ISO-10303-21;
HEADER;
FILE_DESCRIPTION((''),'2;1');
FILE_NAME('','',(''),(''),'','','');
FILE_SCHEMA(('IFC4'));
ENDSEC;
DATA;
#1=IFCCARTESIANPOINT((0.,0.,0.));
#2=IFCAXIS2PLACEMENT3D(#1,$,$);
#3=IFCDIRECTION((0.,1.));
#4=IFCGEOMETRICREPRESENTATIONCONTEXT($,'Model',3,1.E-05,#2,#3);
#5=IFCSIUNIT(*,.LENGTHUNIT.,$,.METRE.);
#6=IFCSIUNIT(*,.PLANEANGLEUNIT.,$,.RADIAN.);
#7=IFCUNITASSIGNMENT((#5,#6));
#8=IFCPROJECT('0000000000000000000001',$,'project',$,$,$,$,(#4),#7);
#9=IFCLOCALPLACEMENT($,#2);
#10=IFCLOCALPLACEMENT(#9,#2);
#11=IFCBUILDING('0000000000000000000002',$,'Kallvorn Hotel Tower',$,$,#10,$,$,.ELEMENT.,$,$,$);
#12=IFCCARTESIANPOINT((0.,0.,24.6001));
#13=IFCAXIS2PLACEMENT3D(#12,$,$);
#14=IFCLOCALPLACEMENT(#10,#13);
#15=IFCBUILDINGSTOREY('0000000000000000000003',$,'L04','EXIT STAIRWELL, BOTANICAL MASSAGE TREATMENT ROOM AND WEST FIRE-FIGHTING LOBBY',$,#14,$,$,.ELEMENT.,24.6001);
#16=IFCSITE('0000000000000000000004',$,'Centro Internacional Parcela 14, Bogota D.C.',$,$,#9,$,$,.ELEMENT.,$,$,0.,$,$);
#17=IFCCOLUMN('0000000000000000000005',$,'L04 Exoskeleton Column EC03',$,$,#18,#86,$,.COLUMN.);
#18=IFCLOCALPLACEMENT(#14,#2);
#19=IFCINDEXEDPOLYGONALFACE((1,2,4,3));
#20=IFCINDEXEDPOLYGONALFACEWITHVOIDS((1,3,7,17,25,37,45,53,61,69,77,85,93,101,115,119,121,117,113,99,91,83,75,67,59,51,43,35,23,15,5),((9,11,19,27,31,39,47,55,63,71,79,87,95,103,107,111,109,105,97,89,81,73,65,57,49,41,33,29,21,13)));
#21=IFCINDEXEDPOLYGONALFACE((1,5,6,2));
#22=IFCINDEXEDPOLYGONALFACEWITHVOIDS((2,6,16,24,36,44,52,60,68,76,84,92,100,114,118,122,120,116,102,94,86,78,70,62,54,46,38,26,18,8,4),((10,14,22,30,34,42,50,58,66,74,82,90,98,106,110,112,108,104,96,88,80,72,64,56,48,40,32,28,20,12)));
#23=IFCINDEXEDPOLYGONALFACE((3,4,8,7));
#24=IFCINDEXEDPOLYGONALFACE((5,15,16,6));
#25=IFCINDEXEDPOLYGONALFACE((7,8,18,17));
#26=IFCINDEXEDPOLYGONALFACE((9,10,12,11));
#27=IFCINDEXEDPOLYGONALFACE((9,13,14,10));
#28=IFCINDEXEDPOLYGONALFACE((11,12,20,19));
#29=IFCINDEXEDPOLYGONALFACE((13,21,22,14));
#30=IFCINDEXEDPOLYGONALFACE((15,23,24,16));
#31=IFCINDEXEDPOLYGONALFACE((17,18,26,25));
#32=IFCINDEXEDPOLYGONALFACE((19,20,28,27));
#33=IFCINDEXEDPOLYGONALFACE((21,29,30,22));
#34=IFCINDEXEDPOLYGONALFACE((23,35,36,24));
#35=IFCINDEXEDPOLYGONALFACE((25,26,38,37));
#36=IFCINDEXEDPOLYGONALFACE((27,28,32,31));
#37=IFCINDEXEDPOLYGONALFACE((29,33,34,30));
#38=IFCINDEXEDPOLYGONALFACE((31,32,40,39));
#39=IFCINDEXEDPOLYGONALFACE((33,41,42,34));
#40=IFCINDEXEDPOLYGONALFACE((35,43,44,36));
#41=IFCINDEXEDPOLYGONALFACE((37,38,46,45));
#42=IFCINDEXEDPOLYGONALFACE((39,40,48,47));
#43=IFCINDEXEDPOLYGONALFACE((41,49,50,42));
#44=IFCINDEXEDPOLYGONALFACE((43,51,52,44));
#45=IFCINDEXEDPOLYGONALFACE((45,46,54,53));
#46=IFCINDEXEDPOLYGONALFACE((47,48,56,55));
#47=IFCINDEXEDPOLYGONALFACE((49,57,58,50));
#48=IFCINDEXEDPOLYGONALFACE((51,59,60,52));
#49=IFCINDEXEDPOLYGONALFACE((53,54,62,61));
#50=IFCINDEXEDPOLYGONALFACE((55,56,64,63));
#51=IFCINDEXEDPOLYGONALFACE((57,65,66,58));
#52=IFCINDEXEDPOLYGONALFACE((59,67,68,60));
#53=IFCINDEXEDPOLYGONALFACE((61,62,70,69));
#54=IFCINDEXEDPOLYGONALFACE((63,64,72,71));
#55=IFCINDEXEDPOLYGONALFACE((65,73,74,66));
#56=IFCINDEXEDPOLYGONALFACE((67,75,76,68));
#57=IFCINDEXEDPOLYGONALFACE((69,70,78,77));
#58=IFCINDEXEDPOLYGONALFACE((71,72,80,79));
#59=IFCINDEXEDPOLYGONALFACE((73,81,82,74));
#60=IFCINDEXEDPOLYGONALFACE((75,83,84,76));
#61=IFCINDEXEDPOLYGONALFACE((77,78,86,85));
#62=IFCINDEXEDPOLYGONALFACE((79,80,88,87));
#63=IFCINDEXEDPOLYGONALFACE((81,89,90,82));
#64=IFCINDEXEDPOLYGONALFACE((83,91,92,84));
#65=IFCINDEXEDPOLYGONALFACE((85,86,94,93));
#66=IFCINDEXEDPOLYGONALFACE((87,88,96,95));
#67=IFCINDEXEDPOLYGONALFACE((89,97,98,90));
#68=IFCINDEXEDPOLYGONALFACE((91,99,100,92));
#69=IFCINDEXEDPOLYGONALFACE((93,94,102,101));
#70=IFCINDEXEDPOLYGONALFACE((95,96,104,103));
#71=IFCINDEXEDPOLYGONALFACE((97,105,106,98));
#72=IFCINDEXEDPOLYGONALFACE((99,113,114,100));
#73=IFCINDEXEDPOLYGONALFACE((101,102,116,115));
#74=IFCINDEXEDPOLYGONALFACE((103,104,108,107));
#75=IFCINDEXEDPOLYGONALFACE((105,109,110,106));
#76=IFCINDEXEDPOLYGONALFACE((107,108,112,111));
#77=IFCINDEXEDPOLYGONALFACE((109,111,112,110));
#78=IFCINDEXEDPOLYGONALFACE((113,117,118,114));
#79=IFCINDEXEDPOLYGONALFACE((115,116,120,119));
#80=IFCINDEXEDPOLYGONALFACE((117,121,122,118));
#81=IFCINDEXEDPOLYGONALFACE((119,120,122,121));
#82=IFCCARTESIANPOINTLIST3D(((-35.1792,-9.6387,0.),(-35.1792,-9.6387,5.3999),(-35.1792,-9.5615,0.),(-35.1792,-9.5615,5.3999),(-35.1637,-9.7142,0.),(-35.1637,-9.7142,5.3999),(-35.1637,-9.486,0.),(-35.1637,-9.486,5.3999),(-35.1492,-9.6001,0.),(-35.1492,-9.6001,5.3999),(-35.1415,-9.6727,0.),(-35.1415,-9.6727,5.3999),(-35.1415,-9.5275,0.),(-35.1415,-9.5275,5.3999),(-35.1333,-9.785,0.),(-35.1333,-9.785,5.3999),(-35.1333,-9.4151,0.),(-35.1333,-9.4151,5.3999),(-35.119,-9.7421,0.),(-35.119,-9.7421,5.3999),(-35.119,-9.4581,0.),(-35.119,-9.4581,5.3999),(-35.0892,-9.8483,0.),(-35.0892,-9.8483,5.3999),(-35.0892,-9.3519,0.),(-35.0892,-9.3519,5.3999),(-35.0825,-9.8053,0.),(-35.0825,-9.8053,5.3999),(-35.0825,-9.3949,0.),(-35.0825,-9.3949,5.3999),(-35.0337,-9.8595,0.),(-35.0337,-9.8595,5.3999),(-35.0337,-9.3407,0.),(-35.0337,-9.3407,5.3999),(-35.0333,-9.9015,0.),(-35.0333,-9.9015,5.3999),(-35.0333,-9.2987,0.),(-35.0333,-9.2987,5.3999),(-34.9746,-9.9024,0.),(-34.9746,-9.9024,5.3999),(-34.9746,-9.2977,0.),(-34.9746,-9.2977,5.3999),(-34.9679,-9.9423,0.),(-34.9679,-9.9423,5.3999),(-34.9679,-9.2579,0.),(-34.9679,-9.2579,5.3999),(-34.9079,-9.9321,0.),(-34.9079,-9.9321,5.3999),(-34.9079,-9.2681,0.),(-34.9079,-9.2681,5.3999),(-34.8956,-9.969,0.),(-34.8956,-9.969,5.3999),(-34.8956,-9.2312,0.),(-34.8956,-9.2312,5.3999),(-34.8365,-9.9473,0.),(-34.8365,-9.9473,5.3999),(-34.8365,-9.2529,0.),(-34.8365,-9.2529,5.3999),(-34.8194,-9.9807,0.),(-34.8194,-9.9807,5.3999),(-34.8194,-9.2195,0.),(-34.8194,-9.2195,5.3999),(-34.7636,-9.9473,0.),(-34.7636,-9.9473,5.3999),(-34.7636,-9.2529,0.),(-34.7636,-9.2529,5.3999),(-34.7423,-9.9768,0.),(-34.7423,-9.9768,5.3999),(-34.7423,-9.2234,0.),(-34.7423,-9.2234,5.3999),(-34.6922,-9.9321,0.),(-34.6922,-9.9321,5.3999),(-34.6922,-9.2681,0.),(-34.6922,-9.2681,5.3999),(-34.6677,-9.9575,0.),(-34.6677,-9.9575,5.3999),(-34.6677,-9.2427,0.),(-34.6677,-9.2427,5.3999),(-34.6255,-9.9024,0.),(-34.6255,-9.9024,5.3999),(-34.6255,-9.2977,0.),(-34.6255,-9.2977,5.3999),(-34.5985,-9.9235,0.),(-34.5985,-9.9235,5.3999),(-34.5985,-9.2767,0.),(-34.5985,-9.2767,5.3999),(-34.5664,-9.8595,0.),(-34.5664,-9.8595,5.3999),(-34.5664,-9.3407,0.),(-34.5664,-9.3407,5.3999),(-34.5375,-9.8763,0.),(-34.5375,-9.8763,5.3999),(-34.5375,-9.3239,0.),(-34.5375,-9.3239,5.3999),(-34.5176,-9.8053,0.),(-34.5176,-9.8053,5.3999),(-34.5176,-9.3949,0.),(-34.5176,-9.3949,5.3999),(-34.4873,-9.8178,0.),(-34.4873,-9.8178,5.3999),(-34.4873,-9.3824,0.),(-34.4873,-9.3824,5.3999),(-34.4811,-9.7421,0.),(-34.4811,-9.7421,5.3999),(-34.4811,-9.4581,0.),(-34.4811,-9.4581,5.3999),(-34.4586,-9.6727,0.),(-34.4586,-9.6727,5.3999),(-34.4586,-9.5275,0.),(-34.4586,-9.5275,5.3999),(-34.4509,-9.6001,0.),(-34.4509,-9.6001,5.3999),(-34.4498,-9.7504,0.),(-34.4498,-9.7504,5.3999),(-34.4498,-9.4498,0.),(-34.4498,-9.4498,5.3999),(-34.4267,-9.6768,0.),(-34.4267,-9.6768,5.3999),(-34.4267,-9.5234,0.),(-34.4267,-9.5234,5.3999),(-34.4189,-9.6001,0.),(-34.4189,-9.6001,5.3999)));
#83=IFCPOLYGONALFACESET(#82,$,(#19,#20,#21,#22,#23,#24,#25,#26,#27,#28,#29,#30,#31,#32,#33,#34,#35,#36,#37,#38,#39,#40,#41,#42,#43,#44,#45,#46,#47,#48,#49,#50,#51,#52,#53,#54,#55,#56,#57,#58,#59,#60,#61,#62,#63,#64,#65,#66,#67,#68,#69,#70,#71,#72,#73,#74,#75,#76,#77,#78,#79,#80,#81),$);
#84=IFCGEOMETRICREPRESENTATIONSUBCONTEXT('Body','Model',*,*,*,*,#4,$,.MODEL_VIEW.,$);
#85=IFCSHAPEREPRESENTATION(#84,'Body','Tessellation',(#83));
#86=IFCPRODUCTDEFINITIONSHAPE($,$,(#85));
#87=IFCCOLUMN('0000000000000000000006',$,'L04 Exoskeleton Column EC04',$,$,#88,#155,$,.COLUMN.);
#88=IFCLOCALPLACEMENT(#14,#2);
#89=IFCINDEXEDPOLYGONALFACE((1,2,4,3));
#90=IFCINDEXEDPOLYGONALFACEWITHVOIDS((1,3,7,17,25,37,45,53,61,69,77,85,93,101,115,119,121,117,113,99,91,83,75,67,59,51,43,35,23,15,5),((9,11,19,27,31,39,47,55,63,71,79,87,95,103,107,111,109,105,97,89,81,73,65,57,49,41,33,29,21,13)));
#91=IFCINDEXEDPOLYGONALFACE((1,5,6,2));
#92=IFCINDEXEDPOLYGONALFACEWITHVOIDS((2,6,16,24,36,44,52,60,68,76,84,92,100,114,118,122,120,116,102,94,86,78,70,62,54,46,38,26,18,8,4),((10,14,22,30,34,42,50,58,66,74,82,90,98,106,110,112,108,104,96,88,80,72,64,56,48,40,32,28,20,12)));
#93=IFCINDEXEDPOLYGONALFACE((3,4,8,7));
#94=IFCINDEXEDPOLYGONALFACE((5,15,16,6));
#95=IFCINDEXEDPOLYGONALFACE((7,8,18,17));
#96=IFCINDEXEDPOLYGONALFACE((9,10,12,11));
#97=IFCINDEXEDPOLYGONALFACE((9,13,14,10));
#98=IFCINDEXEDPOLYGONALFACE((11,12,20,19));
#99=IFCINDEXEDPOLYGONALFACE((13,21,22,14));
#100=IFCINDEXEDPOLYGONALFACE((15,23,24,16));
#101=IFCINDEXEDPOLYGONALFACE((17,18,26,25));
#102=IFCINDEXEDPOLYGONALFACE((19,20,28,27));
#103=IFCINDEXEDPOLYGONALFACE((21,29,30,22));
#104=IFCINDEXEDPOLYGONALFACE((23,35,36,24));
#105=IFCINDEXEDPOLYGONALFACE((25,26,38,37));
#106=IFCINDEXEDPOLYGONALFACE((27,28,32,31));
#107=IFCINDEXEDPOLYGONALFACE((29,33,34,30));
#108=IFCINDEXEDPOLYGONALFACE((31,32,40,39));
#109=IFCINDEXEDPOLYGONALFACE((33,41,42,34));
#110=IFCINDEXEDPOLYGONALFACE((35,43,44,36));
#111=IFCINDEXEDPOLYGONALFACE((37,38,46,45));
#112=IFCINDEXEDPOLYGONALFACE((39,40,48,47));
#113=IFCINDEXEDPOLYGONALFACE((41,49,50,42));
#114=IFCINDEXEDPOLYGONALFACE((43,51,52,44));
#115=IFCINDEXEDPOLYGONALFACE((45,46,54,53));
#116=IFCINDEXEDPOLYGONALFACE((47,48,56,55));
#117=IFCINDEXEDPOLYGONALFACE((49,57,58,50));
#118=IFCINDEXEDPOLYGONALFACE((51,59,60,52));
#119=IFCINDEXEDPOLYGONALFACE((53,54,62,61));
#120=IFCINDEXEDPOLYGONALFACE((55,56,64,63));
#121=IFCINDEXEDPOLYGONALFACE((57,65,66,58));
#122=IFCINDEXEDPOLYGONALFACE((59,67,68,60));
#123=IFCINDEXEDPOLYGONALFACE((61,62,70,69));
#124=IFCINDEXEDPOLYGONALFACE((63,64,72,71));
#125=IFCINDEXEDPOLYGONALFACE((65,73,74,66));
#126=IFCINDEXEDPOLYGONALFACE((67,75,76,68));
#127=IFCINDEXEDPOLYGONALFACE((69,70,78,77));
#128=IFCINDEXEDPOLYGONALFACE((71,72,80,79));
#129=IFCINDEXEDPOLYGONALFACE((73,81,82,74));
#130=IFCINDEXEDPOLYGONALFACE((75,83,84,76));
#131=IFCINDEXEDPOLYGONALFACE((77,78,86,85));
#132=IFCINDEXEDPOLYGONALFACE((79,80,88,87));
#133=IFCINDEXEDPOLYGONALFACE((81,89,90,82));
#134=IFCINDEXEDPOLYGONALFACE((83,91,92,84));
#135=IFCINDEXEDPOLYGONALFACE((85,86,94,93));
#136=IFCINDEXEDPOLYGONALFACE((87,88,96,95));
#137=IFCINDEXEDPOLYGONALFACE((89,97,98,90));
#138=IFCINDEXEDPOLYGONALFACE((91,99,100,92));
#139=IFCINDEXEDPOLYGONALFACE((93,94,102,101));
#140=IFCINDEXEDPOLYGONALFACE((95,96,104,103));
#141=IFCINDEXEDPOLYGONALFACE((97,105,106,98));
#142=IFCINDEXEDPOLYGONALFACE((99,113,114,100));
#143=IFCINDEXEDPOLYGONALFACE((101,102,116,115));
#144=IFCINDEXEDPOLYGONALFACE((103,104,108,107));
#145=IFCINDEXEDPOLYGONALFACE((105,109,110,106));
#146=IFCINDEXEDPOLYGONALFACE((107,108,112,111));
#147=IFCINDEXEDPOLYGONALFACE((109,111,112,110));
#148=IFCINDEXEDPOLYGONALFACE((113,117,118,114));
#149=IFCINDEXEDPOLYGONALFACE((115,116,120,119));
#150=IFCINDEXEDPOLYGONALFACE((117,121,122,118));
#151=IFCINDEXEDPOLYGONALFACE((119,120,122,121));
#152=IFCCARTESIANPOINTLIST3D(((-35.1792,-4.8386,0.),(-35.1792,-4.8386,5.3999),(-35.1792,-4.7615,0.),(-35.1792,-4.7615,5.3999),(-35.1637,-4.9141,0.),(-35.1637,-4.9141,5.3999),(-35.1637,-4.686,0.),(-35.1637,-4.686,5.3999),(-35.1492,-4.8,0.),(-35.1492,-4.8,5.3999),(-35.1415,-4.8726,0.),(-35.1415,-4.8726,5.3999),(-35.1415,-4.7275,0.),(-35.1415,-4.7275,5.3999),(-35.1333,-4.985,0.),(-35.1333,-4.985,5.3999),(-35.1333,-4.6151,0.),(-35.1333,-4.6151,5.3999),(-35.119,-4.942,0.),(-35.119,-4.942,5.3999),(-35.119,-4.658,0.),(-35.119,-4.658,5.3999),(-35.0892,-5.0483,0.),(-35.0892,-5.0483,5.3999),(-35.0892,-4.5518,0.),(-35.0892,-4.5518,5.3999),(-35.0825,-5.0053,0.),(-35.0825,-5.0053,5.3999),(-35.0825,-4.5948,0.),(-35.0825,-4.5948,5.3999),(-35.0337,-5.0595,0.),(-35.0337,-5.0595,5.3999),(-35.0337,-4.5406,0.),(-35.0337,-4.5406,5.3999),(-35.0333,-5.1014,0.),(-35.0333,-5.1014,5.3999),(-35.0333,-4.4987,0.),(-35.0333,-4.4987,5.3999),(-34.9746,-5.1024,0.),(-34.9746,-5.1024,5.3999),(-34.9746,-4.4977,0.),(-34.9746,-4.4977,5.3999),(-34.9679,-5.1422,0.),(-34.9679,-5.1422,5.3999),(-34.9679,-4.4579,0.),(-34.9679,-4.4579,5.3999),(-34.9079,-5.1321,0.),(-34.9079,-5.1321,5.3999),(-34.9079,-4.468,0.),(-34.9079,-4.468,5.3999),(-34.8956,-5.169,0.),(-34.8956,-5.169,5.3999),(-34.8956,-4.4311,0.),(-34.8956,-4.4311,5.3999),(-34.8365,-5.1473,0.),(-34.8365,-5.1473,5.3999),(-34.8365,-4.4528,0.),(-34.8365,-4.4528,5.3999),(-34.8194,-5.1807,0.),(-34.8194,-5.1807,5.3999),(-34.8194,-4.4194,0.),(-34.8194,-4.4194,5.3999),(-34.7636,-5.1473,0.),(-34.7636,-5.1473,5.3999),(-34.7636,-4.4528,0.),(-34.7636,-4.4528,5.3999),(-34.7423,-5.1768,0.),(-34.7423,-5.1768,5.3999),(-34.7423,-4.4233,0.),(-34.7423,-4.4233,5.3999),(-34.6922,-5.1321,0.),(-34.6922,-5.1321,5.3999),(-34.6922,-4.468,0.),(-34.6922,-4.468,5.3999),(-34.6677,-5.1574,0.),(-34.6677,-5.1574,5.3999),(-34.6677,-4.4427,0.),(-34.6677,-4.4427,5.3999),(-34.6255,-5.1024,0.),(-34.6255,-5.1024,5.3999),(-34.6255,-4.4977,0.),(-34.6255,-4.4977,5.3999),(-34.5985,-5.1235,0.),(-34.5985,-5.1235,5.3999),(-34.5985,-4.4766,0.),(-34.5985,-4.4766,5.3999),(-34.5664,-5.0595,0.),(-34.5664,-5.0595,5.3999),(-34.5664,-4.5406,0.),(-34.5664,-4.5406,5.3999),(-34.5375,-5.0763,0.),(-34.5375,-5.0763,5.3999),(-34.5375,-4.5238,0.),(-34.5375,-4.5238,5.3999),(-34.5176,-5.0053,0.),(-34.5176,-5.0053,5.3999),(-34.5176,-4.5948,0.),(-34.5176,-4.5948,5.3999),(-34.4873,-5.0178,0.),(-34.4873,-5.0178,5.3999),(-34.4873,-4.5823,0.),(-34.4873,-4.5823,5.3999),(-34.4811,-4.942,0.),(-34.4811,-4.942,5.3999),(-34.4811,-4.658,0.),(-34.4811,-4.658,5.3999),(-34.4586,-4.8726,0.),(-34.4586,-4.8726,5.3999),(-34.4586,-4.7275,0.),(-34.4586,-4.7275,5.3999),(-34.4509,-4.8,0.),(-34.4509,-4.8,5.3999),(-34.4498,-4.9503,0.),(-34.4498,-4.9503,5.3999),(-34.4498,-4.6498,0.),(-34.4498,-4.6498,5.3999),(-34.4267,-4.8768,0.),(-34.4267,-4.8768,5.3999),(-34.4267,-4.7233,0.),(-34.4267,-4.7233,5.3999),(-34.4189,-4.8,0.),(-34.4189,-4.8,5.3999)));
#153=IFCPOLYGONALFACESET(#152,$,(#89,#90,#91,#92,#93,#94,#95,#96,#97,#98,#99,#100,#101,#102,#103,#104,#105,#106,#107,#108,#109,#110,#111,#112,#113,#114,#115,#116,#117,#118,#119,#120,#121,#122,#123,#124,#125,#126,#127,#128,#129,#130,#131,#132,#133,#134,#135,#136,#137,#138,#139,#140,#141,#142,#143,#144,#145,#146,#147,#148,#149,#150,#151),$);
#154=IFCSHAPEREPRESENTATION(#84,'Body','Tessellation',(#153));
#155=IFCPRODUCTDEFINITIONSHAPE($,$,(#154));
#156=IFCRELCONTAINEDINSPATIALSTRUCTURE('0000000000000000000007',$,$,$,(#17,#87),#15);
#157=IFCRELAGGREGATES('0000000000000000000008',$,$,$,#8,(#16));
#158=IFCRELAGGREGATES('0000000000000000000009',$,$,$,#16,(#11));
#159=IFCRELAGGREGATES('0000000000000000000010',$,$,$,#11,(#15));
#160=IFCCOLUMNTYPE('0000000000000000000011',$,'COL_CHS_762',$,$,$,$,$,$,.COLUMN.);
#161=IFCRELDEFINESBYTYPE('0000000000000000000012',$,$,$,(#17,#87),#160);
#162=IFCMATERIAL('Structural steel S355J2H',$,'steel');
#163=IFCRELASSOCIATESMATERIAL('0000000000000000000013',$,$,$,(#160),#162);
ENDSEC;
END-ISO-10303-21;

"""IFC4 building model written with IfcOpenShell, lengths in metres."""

from ifc_helpers import new_model, si_unit, direction, frame, origin, origin_2d, place, context, subcontext, project, spatial, hollow_circle, extrude, material, material_profile, profile_set, type_object, element, save


model = new_model("IFC4")

# Units and contexts
model_context = context("Model", 3, precision=1e-05, world=origin(), true_north=direction((0.0, 1.0)))
body_context = subcontext(model_context, "Body", "Model", "MODEL_VIEW")
ifc_project = project(units=[si_unit("LENGTHUNIT", "METRE"), si_unit("PLANEANGLEUNIT", "RADIAN")], contexts=[model_context])

# Site, building, storey
site_placement = place(None, origin())
site = spatial("IfcSite", under=ifc_project, at=site_placement, Name="Centro Internacional Parcela 14, Bogota D.C.", CompositionType="ELEMENT", RefElevation=0.0)
building_placement = place(site_placement, origin())
building = spatial("IfcBuilding", under=site, at=building_placement, Name="Kallvorn Hotel Tower", CompositionType="ELEMENT")
storey_placement = place(building_placement, frame((0.0, 0.0, 24.6001)))
storey = spatial("IfcBuildingStorey", under=building, at=storey_placement, Name="L04", Description="EXIT STAIRWELL, BOTANICAL MASSAGE TREATMENT ROOM AND WEST FIRE-FIGHTING LOBBY", CompositionType="ELEMENT", Elevation=24.6001)

# Columns
ifc_material_1 = material(Name="Structural steel S355J2H", Category="steel")
ifc_material_profile_1 = material_profile(ifc_material_1, hollow_circle(Radius=0.3811, WallThickness=0.032, at=origin_2d()), Name="CHS 762x32")
ifc_profile_set_1 = profile_set([ifc_material_profile_1], Name="Structural steel S355J2H")
column_type = type_object("IfcColumnType", Name="COL_CHS_762", PredefinedType="COLUMN", material=ifc_profile_set_1)
for number, where, z_axis, x_axis, name in (
    (1, (-34.8, -9.6001, 0.0), (0.0, 0.0, 1.0), (1.0, 0.0, 0.0), "L04 Exoskeleton Column EC03"),
    (2, (-34.8, -4.8, 0.0), (0.0, 0.0, 1.0), (1.0, 0.0, 0.0), "L04 Exoskeleton Column EC04"),
):
    element("IfcColumn", number, at=place(storey_placement, frame(where, z_axis=z_axis, x_axis=x_axis)), inside=storey, type_object=column_type, Name=name, PredefinedType="COLUMN", context=body_context, shape_type="SweptSolid", body=[
        extrude(hollow_circle(Radius=0.3811, WallThickness=0.032, at=origin_2d()), origin(), (0.0, 0.0, 1.0), 5.3999),
    ])

save(model, "model.ifc")
